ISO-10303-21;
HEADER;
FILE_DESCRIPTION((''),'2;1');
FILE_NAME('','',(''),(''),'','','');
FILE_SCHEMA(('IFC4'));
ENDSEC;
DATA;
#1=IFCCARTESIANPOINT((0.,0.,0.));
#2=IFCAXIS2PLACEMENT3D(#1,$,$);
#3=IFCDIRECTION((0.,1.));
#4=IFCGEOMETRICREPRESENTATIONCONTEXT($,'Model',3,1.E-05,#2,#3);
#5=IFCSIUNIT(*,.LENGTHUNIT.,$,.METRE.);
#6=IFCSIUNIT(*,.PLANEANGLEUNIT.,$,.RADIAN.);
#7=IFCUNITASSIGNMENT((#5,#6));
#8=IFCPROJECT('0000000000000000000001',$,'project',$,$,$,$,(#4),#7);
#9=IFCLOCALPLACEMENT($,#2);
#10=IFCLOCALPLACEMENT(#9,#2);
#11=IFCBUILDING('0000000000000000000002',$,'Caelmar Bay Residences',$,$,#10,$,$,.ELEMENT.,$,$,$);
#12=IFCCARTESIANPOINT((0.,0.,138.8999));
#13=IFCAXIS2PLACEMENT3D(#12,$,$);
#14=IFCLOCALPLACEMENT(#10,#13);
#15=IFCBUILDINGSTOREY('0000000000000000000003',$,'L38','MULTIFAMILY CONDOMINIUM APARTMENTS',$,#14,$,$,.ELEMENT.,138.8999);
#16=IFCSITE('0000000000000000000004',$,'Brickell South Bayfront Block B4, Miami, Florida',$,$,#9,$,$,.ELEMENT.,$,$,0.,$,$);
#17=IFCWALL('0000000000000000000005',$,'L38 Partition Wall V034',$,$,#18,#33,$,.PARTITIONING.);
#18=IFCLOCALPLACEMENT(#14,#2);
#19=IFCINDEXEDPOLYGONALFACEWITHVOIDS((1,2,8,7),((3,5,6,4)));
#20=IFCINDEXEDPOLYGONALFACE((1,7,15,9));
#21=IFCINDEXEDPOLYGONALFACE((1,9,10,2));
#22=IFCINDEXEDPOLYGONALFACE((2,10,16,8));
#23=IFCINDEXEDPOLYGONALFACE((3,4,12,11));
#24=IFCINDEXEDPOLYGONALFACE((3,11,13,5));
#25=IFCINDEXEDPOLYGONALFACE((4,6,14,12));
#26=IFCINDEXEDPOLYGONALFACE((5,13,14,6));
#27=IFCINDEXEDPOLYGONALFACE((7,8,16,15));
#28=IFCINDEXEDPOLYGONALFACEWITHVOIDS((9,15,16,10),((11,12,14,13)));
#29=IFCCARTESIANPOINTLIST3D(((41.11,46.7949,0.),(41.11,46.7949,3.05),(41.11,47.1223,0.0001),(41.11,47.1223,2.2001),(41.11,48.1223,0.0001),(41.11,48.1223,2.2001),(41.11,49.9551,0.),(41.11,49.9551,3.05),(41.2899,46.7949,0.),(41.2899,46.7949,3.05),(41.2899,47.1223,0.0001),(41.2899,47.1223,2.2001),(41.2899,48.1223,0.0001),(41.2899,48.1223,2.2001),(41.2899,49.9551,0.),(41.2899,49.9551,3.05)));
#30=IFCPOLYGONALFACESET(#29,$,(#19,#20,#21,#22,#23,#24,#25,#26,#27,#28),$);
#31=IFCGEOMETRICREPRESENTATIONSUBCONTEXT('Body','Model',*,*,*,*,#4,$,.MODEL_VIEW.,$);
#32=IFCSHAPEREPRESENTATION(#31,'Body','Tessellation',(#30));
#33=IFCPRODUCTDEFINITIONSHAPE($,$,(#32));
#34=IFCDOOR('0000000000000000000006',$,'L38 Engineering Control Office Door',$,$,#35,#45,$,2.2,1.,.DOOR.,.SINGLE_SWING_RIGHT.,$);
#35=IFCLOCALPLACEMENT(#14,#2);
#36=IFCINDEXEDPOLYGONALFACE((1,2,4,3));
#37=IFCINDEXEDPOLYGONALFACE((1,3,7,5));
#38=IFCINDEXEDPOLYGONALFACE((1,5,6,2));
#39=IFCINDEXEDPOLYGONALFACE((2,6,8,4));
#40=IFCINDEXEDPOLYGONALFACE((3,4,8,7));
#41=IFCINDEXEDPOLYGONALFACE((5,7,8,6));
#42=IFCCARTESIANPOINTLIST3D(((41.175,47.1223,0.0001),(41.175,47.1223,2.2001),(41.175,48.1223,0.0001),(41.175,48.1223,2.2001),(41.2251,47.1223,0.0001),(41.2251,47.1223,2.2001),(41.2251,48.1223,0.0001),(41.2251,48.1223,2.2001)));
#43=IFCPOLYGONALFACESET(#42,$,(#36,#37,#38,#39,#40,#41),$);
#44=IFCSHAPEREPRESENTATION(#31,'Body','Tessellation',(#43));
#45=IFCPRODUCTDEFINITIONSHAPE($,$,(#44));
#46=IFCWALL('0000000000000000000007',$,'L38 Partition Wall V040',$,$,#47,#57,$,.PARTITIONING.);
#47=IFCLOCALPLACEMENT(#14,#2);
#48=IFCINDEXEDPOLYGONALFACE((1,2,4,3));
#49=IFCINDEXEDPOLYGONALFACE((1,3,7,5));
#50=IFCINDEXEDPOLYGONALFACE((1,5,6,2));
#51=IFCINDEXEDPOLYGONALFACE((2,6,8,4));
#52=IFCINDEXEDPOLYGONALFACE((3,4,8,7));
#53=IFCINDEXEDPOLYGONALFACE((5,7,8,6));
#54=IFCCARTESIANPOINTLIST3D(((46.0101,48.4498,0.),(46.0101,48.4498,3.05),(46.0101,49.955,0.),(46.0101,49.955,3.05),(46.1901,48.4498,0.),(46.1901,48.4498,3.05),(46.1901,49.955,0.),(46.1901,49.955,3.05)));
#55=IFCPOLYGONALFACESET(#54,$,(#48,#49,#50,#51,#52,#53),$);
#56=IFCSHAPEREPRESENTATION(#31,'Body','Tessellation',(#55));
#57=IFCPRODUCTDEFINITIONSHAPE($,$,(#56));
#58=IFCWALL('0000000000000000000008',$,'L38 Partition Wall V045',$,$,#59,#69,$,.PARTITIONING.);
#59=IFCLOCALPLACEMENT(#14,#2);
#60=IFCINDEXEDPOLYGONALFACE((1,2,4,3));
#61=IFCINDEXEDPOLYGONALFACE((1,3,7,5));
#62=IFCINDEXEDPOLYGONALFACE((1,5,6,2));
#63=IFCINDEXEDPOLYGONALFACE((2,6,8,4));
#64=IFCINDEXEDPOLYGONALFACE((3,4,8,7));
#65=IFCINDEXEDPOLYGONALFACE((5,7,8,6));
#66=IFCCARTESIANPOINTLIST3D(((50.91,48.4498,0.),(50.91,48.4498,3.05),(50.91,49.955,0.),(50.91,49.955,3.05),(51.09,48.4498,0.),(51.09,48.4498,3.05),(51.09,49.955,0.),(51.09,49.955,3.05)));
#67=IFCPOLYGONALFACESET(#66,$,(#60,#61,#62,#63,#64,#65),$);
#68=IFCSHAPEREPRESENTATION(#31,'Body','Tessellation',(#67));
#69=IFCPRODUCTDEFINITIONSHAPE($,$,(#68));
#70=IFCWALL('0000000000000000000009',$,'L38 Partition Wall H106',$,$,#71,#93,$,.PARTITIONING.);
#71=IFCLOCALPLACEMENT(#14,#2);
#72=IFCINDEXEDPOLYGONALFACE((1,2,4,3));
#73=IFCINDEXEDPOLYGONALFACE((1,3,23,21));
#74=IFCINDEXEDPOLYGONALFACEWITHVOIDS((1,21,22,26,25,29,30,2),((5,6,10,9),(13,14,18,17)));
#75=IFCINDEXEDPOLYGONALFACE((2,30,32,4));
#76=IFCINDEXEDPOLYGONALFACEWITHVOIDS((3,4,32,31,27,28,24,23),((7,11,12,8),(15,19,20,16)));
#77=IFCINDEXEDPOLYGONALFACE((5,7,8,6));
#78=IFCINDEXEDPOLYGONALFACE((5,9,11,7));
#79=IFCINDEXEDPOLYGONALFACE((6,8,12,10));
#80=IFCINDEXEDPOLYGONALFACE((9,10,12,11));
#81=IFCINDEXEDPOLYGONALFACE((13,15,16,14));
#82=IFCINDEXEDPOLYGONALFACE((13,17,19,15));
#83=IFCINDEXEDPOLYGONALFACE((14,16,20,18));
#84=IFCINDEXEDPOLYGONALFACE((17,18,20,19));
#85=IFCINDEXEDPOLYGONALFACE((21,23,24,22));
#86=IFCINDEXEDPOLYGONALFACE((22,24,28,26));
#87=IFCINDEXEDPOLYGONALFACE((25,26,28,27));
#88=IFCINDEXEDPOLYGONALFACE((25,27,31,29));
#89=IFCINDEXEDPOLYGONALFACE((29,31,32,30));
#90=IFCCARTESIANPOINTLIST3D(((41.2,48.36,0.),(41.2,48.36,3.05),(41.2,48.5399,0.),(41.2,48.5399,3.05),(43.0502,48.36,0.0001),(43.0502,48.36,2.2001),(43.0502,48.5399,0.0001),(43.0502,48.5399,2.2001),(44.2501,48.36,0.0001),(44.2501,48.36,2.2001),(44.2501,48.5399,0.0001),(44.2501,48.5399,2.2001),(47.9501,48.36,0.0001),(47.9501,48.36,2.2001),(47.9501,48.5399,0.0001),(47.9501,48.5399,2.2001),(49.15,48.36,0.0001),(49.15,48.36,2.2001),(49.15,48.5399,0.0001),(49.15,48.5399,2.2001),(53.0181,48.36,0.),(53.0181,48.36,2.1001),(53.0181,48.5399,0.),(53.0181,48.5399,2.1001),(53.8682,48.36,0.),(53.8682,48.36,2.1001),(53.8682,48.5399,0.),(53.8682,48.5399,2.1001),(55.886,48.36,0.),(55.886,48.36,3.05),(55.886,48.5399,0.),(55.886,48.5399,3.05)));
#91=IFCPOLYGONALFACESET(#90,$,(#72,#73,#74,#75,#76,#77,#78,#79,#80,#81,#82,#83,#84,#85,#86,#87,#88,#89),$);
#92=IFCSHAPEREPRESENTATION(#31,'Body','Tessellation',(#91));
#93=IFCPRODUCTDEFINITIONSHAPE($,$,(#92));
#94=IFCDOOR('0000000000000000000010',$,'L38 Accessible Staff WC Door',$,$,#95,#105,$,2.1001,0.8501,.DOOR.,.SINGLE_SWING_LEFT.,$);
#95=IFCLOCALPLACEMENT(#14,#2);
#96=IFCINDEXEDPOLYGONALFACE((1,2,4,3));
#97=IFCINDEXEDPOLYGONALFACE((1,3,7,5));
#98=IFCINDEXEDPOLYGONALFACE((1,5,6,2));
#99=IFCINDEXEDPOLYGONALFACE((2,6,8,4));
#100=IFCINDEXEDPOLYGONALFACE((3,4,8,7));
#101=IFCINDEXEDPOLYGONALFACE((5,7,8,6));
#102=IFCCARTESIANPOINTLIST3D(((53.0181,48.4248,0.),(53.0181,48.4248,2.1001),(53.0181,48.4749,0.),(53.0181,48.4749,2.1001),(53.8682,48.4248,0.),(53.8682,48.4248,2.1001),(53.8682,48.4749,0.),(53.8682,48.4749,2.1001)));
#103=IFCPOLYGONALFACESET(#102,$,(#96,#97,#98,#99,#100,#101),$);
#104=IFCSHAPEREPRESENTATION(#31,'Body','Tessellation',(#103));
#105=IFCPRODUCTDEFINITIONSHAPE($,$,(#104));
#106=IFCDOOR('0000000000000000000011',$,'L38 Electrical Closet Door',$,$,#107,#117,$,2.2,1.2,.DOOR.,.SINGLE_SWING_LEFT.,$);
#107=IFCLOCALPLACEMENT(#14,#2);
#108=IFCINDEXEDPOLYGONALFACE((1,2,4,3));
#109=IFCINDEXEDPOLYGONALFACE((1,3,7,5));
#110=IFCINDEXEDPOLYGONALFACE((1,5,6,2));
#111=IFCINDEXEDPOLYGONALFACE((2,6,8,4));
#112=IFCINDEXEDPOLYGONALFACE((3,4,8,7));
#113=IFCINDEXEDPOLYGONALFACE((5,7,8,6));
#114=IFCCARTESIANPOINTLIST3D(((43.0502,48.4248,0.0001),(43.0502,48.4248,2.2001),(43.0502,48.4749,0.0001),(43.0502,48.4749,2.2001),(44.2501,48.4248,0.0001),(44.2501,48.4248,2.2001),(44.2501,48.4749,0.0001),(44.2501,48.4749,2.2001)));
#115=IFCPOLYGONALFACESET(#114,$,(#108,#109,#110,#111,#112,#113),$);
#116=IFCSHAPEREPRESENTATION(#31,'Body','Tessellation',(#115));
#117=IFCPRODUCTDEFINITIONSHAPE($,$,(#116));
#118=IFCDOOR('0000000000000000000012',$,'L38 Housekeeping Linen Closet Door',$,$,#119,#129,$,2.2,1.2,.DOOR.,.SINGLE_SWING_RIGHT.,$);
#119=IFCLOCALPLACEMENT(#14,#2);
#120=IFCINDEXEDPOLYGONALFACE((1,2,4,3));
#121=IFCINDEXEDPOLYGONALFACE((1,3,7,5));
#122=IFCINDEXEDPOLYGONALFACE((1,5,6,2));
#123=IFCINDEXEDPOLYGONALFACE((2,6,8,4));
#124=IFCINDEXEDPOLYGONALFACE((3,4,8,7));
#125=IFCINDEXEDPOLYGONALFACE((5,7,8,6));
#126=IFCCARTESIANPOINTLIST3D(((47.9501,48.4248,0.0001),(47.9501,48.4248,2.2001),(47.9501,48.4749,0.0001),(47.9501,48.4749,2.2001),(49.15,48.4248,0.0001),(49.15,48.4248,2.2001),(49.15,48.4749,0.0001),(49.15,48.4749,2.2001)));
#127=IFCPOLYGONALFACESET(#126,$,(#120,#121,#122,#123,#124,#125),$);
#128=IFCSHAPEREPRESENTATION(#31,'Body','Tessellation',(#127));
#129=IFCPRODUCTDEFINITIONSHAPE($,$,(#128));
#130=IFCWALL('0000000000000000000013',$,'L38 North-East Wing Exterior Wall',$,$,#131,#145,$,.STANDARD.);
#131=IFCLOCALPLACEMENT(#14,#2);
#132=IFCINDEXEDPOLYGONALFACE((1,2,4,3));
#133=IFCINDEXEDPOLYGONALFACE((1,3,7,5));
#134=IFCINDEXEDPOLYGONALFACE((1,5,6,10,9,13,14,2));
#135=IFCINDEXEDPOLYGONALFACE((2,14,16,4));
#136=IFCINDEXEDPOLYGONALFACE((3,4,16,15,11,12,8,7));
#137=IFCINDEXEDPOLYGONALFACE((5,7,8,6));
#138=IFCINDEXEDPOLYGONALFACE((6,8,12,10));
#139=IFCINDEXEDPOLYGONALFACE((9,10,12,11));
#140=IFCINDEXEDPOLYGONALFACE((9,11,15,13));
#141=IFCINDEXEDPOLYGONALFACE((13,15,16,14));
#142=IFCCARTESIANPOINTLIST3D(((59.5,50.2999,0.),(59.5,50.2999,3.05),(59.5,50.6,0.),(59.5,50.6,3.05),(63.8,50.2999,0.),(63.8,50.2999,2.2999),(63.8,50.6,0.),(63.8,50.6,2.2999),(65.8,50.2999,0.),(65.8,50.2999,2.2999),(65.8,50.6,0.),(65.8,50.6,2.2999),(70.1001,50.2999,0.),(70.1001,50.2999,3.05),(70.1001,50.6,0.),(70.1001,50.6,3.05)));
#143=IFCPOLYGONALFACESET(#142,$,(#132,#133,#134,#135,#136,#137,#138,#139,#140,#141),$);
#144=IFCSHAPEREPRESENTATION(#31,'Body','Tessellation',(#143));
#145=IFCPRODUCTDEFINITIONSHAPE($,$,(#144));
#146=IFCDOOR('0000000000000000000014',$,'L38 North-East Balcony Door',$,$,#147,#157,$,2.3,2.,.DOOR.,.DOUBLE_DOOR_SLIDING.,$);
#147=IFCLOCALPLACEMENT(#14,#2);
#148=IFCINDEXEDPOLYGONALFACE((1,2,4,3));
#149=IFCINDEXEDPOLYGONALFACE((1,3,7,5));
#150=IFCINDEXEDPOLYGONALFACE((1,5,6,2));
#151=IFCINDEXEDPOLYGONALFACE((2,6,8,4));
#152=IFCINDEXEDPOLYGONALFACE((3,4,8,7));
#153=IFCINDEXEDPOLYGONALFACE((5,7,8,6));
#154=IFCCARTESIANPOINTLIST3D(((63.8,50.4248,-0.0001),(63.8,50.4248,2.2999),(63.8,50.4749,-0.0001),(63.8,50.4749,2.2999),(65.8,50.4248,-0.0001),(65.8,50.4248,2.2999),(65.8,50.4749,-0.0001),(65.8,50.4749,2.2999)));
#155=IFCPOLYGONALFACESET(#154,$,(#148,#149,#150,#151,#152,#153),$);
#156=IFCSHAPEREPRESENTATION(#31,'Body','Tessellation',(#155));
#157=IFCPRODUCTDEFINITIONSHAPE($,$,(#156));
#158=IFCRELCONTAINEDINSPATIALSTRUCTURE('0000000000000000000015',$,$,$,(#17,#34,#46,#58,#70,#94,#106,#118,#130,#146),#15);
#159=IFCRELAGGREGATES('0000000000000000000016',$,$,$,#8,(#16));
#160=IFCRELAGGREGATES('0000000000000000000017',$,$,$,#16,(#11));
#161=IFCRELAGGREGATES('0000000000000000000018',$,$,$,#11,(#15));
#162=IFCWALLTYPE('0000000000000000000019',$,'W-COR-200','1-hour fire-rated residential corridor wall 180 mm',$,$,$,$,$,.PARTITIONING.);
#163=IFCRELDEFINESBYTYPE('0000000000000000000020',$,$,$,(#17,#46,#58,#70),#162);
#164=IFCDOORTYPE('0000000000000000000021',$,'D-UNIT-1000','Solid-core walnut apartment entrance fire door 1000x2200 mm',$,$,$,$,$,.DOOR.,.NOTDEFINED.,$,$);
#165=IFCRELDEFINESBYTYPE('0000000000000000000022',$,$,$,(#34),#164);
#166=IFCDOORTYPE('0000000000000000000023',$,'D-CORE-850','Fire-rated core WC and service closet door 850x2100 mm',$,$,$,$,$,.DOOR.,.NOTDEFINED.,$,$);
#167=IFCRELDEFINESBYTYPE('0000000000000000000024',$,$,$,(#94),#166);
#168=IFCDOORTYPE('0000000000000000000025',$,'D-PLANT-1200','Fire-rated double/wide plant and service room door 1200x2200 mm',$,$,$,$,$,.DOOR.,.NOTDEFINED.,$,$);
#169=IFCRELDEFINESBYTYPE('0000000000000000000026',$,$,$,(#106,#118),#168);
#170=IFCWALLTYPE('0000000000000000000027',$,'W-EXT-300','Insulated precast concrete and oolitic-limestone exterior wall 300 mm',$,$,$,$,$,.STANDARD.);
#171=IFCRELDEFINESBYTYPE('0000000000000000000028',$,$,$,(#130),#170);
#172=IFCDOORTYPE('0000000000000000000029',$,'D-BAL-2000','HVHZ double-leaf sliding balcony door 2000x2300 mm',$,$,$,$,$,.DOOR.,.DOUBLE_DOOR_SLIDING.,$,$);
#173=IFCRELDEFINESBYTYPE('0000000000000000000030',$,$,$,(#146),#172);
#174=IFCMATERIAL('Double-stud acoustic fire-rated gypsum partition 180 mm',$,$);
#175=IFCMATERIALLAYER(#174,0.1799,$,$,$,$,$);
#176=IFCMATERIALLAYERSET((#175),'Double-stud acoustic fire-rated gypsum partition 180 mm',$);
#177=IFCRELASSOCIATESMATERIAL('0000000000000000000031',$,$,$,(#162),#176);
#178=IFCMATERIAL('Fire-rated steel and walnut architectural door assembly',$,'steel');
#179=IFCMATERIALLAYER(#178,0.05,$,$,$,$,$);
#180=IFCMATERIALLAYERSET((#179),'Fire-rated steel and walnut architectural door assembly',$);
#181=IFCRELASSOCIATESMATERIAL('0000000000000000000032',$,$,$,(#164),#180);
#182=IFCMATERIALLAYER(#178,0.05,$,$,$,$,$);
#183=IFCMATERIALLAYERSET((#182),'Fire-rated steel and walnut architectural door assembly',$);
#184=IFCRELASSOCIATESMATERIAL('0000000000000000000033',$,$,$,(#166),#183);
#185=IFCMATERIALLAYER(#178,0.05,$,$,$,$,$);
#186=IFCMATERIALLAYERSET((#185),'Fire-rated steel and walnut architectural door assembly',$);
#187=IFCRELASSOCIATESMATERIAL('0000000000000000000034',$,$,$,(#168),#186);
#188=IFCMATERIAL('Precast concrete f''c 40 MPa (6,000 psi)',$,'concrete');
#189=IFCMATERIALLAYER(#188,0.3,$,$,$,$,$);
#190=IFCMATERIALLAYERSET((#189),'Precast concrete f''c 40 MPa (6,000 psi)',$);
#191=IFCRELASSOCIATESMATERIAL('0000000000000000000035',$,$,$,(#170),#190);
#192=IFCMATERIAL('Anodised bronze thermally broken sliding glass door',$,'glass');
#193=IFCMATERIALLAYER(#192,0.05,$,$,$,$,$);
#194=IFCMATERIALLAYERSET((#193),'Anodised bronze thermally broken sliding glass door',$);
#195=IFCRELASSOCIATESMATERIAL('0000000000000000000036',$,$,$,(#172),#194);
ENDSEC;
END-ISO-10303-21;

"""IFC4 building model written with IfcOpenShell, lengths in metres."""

from ifc_helpers import new_model, si_unit, direction, frame, frame_2d, origin, place, context, subcontext, project, spatial, rectangle, extrude, material, layer, layer_set, type_object, element, fill, save


model = new_model("IFC4")

# Units and contexts
model_context = context("Model", 3, precision=1e-05, world=origin(), true_north=direction((0.0, 1.0)))
body_context = subcontext(model_context, "Body", "Model", "MODEL_VIEW")
ifc_project = project(units=[si_unit("LENGTHUNIT", "METRE"), si_unit("PLANEANGLEUNIT", "RADIAN")], contexts=[model_context])

# Site, building, storey
site_placement = place(None, origin())
site = spatial("IfcSite", under=ifc_project, at=site_placement, Name="Brickell South Bayfront Block B4, Miami, Florida", CompositionType="ELEMENT", RefElevation=0.0)
building_placement = place(site_placement, origin())
building = spatial("IfcBuilding", under=site, at=building_placement, Name="Caelmar Bay Residences", CompositionType="ELEMENT")
storey_placement = place(building_placement, frame((0.0, 0.0, 138.8999)))
storey = spatial("IfcBuildingStorey", under=building, at=storey_placement, Name="L38", Description="MULTIFAMILY CONDOMINIUM APARTMENTS", CompositionType="ELEMENT", Elevation=138.8999)

# Wall, opening, door
ifc_material_1 = material(Name="Double-stud acoustic fire-rated gypsum partition 180 mm")
ifc_layer_1 = layer(ifc_material_1, 0.1799)
ifc_layer_set_1 = layer_set([ifc_layer_1], Name="Double-stud acoustic fire-rated gypsum partition 180 mm")
wall_type_1 = type_object("IfcWallType", Name="W-COR-200", Description="1-hour fire-rated residential corridor wall 180 mm", PredefinedType="PARTITIONING", material=ifc_layer_set_1)
wall_1_placement = place(storey_placement, frame((41.2, 46.7949, 0.0), z_axis=(0.0, 0.0, 1.0), x_axis=(0.0, 1.0, 0.0)))
wall_1 = element("IfcWall", 1, at=wall_1_placement, inside=storey, type_object=wall_type_1, Name="L38 Partition Wall V034", PredefinedType="PARTITIONING", context=body_context, shape_type="SweptSolid", body=[
    extrude(rectangle(XDim=3.1602, YDim=0.1799, at=frame_2d((1.5801, 0.0))), origin(), (0.0, 0.0, 1.0), 3.05),
])
opening_1_placement = place(wall_1_placement, frame((0.3274, 0.0, 0.0)))
opening_1 = element("IfcOpeningElement", 2, at=opening_1_placement, cuts=wall_1, PredefinedType="OPENING", context=body_context, shape_type="SweptSolid", body=[
    extrude(rectangle(XDim=1.0, YDim=2.2, at=frame_2d((0.5, 1.1001))), frame((0.0, 0.0999, 0.0), z_axis=(0.0, -1.0, 0.0), x_axis=(1.0, 0.0, 0.0)), (0.0, 0.0, 1.0), 0.2),
])
ifc_material_2 = material(Name="Fire-rated steel and walnut architectural door assembly", Category="steel")
ifc_layer_2 = layer(ifc_material_2, 0.05)
ifc_layer_set_2 = layer_set([ifc_layer_2], Name="Fire-rated steel and walnut architectural door assembly")
door_type_1 = type_object("IfcDoorType", Name="D-UNIT-1000", Description="Solid-core walnut apartment entrance fire door 1000x2200 mm", OperationType="NOTDEFINED", PredefinedType="DOOR", material=ifc_layer_set_2)
door_1_placement = place(opening_1_placement, origin())
door_1 = element("IfcDoor", 3, at=door_1_placement, inside=storey, type_object=door_type_1, Name="L38 Engineering Control Office Door", OperationType="SINGLE_SWING_RIGHT", OverallHeight=2.2, OverallWidth=1.0, PredefinedType="DOOR", context=body_context, shape_type="SweptSolid", body=[
    extrude(rectangle(XDim=1.0, YDim=2.2, at=frame_2d((0.5, 1.1001))), frame((0.0, 0.0249, 0.0), z_axis=(0.0, -1.0, 0.0), x_axis=(1.0, 0.0, 0.0)), (0.0, 0.0, 1.0), 0.05),
])
fill(opening_1, door_1)

# Walls
for number, where, z_axis, x_axis, name in (
    (4, (46.1001, 48.45, 0.0), (0.0, 0.0, 1.0), (0.0, 1.0, 0.0), "L38 Partition Wall V040"),
    (5, (51.0, 48.45, 0.0), (0.0, 0.0, 1.0), (0.0, 1.0, 0.0), "L38 Partition Wall V045"),
):
    element("IfcWall", number, at=place(storey_placement, frame(where, z_axis=z_axis, x_axis=x_axis)), inside=storey, type_object=wall_type_1, Name=name, PredefinedType="PARTITIONING", context=body_context, shape_type="SweptSolid", body=[
        extrude(rectangle(XDim=1.5051, YDim=0.1799, at=frame_2d((0.7524, 0.0))), origin(), (0.0, 0.0, 1.0), 3.05),
    ])

# Wall, openings, doors
wall_2_placement = place(storey_placement, frame((41.2, 48.45, 0.0), z_axis=(0.0, 0.0, 1.0), x_axis=(1.0, 0.0, 0.0)))
wall_2 = element("IfcWall", 6, at=wall_2_placement, inside=storey, type_object=wall_type_1, Name="L38 Partition Wall H106", PredefinedType="PARTITIONING", context=body_context, shape_type="SweptSolid", body=[
    extrude(rectangle(XDim=14.686, YDim=0.1799, at=frame_2d((7.343, 0.0))), origin(), (0.0, 0.0, 1.0), 3.05),
])
opening_2_placement = place(wall_2_placement, frame((1.8501, 0.0, 0.0)))
opening_2 = element("IfcOpeningElement", 7, at=opening_2_placement, cuts=wall_2, PredefinedType="OPENING", context=body_context, shape_type="SweptSolid", body=[
    extrude(rectangle(XDim=1.2, YDim=2.2, at=frame_2d((0.6001, 1.1001))), frame((0.0, 0.0999, 0.0), z_axis=(0.0, -1.0, 0.0), x_axis=(1.0, 0.0, 0.0)), (0.0, 0.0, 1.0), 0.2),
])
opening_3_placement = place(wall_2_placement, frame((6.75, 0.0, 0.0)))
opening_3 = element("IfcOpeningElement", 8, at=opening_3_placement, cuts=wall_2, PredefinedType="OPENING", context=body_context, shape_type="SweptSolid", body=[
    extrude(rectangle(XDim=1.2, YDim=2.2, at=frame_2d((0.6001, 1.1001))), frame((0.0, 0.0999, 0.0), z_axis=(0.0, -1.0, 0.0), x_axis=(1.0, 0.0, 0.0)), (0.0, 0.0, 1.0), 0.2),
])
opening_4_placement = place(wall_2_placement, frame((11.8181, 0.0, 0.0)))
opening_4 = element("IfcOpeningElement", 9, at=opening_4_placement, cuts=wall_2, PredefinedType="OPENING", context=body_context, shape_type="SweptSolid", body=[
    extrude(rectangle(XDim=0.8501, YDim=2.1001, at=frame_2d((0.425, 1.05))), frame((0.0, 0.0999, 0.0), z_axis=(0.0, -1.0, 0.0), x_axis=(1.0, 0.0, 0.0)), (0.0, 0.0, 1.0), 0.2),
])
ifc_layer_3 = layer(ifc_material_2, 0.05)
ifc_layer_set_3 = layer_set([ifc_layer_3], Name="Fire-rated steel and walnut architectural door assembly")
door_type_2 = type_object("IfcDoorType", Name="D-CORE-850", Description="Fire-rated core WC and service closet door 850x2100 mm", OperationType="NOTDEFINED", PredefinedType="DOOR", material=ifc_layer_set_3)
door_2_placement = place(opening_4_placement, origin())
door_2 = element("IfcDoor", 10, at=door_2_placement, inside=storey, type_object=door_type_2, Name="L38 Accessible Staff WC Door", OperationType="SINGLE_SWING_LEFT", OverallHeight=2.1001, OverallWidth=0.8501, PredefinedType="DOOR", context=body_context, shape_type="SweptSolid", body=[
    extrude(rectangle(XDim=0.8501, YDim=2.1001, at=frame_2d((0.425, 1.05))), frame((0.0, 0.0249, 0.0), z_axis=(0.0, -1.0, 0.0), x_axis=(1.0, 0.0, 0.0)), (0.0, 0.0, 1.0), 0.05),
])
fill(opening_4, door_2)
ifc_layer_4 = layer(ifc_material_2, 0.05)
ifc_layer_set_4 = layer_set([ifc_layer_4], Name="Fire-rated steel and walnut architectural door assembly")
door_type_3 = type_object("IfcDoorType", Name="D-PLANT-1200", Description="Fire-rated double/wide plant and service room door 1200x2200 mm", OperationType="NOTDEFINED", PredefinedType="DOOR", material=ifc_layer_set_4)
door_3_placement = place(opening_2_placement, origin())
door_3 = element("IfcDoor", 11, at=door_3_placement, inside=storey, type_object=door_type_3, Name="L38 Electrical Closet Door", OperationType="SINGLE_SWING_LEFT", OverallHeight=2.2, OverallWidth=1.2, PredefinedType="DOOR", context=body_context, shape_type="SweptSolid", body=[
    extrude(rectangle(XDim=1.2, YDim=2.2, at=frame_2d((0.6001, 1.1001))), frame((0.0, 0.0249, 0.0), z_axis=(0.0, -1.0, 0.0), x_axis=(1.0, 0.0, 0.0)), (0.0, 0.0, 1.0), 0.05),
])
fill(opening_2, door_3)
door_4_placement = place(opening_3_placement, origin())
door_4 = element("IfcDoor", 12, at=door_4_placement, inside=storey, type_object=door_type_3, Name="L38 Housekeeping Linen Closet Door", OperationType="SINGLE_SWING_RIGHT", OverallHeight=2.2, OverallWidth=1.2, PredefinedType="DOOR", context=body_context, shape_type="SweptSolid", body=[
    extrude(rectangle(XDim=1.2, YDim=2.2, at=frame_2d((0.6001, 1.1001))), frame((0.0, 0.0249, 0.0), z_axis=(0.0, -1.0, 0.0), x_axis=(1.0, 0.0, 0.0)), (0.0, 0.0, 1.0), 0.05),
])
fill(opening_3, door_4)

# Wall, opening, door
ifc_material_3 = material(Name="Precast concrete f'c 40 MPa (6,000 psi)", Category="concrete")
ifc_layer_5 = layer(ifc_material_3, 0.3)
ifc_layer_set_5 = layer_set([ifc_layer_5], Name="Precast concrete f'c 40 MPa (6,000 psi)")
wall_type_2 = type_object("IfcWallType", Name="W-EXT-300", Description="Insulated precast concrete and oolitic-limestone exterior wall 300 mm", PredefinedType="STANDARD", material=ifc_layer_set_5)
wall_3_placement = place(storey_placement, frame((59.5, 50.45, 0.0), z_axis=(0.0, 0.0, 1.0), x_axis=(1.0, 0.0, 0.0)))
wall_3 = element("IfcWall", 13, at=wall_3_placement, inside=storey, type_object=wall_type_2, Name="L38 North-East Wing Exterior Wall", PredefinedType="STANDARD", context=body_context, shape_type="SweptSolid", body=[
    extrude(rectangle(XDim=10.6001, YDim=0.3, at=frame_2d((5.3, 0.0))), origin(), (0.0, 0.0, 1.0), 3.05),
])
opening_5_placement = place(wall_3_placement, frame((4.3, 0.0, 0.0)))
opening_5 = element("IfcOpeningElement", 14, at=opening_5_placement, cuts=wall_3, PredefinedType="OPENING", context=body_context, shape_type="SweptSolid", body=[
    extrude(rectangle(XDim=2.0, YDim=2.3, at=frame_2d((1.0, 1.1499))), frame((0.0, 0.1599, 0.0), z_axis=(0.0, -1.0, 0.0), x_axis=(1.0, 0.0, 0.0)), (0.0, 0.0, 1.0), 0.3201),
])
ifc_material_4 = material(Name="Anodised bronze thermally broken sliding glass door", Category="glass")
ifc_layer_6 = layer(ifc_material_4, 0.05)
ifc_layer_set_6 = layer_set([ifc_layer_6], Name="Anodised bronze thermally broken sliding glass door")
door_type_4 = type_object("IfcDoorType", Name="D-BAL-2000", Description="HVHZ double-leaf sliding balcony door 2000x2300 mm", OperationType="DOUBLE_DOOR_SLIDING", PredefinedType="DOOR", material=ifc_layer_set_6)
door_5_placement = place(opening_5_placement, origin())
door_5 = element("IfcDoor", 15, at=door_5_placement, inside=storey, type_object=door_type_4, Name="L38 North-East Balcony Door", OperationType="DOUBLE_DOOR_SLIDING", OverallHeight=2.3, OverallWidth=2.0, PredefinedType="DOOR", context=body_context, shape_type="SweptSolid", body=[
    extrude(rectangle(XDim=2.0, YDim=2.3, at=frame_2d((1.0, 1.1499))), frame((0.0, 0.0249, 0.0), z_axis=(0.0, -1.0, 0.0), x_axis=(1.0, 0.0, 0.0)), (0.0, 0.0, 1.0), 0.05),
])
fill(opening_5, door_5)

save(model, "model.ifc")
